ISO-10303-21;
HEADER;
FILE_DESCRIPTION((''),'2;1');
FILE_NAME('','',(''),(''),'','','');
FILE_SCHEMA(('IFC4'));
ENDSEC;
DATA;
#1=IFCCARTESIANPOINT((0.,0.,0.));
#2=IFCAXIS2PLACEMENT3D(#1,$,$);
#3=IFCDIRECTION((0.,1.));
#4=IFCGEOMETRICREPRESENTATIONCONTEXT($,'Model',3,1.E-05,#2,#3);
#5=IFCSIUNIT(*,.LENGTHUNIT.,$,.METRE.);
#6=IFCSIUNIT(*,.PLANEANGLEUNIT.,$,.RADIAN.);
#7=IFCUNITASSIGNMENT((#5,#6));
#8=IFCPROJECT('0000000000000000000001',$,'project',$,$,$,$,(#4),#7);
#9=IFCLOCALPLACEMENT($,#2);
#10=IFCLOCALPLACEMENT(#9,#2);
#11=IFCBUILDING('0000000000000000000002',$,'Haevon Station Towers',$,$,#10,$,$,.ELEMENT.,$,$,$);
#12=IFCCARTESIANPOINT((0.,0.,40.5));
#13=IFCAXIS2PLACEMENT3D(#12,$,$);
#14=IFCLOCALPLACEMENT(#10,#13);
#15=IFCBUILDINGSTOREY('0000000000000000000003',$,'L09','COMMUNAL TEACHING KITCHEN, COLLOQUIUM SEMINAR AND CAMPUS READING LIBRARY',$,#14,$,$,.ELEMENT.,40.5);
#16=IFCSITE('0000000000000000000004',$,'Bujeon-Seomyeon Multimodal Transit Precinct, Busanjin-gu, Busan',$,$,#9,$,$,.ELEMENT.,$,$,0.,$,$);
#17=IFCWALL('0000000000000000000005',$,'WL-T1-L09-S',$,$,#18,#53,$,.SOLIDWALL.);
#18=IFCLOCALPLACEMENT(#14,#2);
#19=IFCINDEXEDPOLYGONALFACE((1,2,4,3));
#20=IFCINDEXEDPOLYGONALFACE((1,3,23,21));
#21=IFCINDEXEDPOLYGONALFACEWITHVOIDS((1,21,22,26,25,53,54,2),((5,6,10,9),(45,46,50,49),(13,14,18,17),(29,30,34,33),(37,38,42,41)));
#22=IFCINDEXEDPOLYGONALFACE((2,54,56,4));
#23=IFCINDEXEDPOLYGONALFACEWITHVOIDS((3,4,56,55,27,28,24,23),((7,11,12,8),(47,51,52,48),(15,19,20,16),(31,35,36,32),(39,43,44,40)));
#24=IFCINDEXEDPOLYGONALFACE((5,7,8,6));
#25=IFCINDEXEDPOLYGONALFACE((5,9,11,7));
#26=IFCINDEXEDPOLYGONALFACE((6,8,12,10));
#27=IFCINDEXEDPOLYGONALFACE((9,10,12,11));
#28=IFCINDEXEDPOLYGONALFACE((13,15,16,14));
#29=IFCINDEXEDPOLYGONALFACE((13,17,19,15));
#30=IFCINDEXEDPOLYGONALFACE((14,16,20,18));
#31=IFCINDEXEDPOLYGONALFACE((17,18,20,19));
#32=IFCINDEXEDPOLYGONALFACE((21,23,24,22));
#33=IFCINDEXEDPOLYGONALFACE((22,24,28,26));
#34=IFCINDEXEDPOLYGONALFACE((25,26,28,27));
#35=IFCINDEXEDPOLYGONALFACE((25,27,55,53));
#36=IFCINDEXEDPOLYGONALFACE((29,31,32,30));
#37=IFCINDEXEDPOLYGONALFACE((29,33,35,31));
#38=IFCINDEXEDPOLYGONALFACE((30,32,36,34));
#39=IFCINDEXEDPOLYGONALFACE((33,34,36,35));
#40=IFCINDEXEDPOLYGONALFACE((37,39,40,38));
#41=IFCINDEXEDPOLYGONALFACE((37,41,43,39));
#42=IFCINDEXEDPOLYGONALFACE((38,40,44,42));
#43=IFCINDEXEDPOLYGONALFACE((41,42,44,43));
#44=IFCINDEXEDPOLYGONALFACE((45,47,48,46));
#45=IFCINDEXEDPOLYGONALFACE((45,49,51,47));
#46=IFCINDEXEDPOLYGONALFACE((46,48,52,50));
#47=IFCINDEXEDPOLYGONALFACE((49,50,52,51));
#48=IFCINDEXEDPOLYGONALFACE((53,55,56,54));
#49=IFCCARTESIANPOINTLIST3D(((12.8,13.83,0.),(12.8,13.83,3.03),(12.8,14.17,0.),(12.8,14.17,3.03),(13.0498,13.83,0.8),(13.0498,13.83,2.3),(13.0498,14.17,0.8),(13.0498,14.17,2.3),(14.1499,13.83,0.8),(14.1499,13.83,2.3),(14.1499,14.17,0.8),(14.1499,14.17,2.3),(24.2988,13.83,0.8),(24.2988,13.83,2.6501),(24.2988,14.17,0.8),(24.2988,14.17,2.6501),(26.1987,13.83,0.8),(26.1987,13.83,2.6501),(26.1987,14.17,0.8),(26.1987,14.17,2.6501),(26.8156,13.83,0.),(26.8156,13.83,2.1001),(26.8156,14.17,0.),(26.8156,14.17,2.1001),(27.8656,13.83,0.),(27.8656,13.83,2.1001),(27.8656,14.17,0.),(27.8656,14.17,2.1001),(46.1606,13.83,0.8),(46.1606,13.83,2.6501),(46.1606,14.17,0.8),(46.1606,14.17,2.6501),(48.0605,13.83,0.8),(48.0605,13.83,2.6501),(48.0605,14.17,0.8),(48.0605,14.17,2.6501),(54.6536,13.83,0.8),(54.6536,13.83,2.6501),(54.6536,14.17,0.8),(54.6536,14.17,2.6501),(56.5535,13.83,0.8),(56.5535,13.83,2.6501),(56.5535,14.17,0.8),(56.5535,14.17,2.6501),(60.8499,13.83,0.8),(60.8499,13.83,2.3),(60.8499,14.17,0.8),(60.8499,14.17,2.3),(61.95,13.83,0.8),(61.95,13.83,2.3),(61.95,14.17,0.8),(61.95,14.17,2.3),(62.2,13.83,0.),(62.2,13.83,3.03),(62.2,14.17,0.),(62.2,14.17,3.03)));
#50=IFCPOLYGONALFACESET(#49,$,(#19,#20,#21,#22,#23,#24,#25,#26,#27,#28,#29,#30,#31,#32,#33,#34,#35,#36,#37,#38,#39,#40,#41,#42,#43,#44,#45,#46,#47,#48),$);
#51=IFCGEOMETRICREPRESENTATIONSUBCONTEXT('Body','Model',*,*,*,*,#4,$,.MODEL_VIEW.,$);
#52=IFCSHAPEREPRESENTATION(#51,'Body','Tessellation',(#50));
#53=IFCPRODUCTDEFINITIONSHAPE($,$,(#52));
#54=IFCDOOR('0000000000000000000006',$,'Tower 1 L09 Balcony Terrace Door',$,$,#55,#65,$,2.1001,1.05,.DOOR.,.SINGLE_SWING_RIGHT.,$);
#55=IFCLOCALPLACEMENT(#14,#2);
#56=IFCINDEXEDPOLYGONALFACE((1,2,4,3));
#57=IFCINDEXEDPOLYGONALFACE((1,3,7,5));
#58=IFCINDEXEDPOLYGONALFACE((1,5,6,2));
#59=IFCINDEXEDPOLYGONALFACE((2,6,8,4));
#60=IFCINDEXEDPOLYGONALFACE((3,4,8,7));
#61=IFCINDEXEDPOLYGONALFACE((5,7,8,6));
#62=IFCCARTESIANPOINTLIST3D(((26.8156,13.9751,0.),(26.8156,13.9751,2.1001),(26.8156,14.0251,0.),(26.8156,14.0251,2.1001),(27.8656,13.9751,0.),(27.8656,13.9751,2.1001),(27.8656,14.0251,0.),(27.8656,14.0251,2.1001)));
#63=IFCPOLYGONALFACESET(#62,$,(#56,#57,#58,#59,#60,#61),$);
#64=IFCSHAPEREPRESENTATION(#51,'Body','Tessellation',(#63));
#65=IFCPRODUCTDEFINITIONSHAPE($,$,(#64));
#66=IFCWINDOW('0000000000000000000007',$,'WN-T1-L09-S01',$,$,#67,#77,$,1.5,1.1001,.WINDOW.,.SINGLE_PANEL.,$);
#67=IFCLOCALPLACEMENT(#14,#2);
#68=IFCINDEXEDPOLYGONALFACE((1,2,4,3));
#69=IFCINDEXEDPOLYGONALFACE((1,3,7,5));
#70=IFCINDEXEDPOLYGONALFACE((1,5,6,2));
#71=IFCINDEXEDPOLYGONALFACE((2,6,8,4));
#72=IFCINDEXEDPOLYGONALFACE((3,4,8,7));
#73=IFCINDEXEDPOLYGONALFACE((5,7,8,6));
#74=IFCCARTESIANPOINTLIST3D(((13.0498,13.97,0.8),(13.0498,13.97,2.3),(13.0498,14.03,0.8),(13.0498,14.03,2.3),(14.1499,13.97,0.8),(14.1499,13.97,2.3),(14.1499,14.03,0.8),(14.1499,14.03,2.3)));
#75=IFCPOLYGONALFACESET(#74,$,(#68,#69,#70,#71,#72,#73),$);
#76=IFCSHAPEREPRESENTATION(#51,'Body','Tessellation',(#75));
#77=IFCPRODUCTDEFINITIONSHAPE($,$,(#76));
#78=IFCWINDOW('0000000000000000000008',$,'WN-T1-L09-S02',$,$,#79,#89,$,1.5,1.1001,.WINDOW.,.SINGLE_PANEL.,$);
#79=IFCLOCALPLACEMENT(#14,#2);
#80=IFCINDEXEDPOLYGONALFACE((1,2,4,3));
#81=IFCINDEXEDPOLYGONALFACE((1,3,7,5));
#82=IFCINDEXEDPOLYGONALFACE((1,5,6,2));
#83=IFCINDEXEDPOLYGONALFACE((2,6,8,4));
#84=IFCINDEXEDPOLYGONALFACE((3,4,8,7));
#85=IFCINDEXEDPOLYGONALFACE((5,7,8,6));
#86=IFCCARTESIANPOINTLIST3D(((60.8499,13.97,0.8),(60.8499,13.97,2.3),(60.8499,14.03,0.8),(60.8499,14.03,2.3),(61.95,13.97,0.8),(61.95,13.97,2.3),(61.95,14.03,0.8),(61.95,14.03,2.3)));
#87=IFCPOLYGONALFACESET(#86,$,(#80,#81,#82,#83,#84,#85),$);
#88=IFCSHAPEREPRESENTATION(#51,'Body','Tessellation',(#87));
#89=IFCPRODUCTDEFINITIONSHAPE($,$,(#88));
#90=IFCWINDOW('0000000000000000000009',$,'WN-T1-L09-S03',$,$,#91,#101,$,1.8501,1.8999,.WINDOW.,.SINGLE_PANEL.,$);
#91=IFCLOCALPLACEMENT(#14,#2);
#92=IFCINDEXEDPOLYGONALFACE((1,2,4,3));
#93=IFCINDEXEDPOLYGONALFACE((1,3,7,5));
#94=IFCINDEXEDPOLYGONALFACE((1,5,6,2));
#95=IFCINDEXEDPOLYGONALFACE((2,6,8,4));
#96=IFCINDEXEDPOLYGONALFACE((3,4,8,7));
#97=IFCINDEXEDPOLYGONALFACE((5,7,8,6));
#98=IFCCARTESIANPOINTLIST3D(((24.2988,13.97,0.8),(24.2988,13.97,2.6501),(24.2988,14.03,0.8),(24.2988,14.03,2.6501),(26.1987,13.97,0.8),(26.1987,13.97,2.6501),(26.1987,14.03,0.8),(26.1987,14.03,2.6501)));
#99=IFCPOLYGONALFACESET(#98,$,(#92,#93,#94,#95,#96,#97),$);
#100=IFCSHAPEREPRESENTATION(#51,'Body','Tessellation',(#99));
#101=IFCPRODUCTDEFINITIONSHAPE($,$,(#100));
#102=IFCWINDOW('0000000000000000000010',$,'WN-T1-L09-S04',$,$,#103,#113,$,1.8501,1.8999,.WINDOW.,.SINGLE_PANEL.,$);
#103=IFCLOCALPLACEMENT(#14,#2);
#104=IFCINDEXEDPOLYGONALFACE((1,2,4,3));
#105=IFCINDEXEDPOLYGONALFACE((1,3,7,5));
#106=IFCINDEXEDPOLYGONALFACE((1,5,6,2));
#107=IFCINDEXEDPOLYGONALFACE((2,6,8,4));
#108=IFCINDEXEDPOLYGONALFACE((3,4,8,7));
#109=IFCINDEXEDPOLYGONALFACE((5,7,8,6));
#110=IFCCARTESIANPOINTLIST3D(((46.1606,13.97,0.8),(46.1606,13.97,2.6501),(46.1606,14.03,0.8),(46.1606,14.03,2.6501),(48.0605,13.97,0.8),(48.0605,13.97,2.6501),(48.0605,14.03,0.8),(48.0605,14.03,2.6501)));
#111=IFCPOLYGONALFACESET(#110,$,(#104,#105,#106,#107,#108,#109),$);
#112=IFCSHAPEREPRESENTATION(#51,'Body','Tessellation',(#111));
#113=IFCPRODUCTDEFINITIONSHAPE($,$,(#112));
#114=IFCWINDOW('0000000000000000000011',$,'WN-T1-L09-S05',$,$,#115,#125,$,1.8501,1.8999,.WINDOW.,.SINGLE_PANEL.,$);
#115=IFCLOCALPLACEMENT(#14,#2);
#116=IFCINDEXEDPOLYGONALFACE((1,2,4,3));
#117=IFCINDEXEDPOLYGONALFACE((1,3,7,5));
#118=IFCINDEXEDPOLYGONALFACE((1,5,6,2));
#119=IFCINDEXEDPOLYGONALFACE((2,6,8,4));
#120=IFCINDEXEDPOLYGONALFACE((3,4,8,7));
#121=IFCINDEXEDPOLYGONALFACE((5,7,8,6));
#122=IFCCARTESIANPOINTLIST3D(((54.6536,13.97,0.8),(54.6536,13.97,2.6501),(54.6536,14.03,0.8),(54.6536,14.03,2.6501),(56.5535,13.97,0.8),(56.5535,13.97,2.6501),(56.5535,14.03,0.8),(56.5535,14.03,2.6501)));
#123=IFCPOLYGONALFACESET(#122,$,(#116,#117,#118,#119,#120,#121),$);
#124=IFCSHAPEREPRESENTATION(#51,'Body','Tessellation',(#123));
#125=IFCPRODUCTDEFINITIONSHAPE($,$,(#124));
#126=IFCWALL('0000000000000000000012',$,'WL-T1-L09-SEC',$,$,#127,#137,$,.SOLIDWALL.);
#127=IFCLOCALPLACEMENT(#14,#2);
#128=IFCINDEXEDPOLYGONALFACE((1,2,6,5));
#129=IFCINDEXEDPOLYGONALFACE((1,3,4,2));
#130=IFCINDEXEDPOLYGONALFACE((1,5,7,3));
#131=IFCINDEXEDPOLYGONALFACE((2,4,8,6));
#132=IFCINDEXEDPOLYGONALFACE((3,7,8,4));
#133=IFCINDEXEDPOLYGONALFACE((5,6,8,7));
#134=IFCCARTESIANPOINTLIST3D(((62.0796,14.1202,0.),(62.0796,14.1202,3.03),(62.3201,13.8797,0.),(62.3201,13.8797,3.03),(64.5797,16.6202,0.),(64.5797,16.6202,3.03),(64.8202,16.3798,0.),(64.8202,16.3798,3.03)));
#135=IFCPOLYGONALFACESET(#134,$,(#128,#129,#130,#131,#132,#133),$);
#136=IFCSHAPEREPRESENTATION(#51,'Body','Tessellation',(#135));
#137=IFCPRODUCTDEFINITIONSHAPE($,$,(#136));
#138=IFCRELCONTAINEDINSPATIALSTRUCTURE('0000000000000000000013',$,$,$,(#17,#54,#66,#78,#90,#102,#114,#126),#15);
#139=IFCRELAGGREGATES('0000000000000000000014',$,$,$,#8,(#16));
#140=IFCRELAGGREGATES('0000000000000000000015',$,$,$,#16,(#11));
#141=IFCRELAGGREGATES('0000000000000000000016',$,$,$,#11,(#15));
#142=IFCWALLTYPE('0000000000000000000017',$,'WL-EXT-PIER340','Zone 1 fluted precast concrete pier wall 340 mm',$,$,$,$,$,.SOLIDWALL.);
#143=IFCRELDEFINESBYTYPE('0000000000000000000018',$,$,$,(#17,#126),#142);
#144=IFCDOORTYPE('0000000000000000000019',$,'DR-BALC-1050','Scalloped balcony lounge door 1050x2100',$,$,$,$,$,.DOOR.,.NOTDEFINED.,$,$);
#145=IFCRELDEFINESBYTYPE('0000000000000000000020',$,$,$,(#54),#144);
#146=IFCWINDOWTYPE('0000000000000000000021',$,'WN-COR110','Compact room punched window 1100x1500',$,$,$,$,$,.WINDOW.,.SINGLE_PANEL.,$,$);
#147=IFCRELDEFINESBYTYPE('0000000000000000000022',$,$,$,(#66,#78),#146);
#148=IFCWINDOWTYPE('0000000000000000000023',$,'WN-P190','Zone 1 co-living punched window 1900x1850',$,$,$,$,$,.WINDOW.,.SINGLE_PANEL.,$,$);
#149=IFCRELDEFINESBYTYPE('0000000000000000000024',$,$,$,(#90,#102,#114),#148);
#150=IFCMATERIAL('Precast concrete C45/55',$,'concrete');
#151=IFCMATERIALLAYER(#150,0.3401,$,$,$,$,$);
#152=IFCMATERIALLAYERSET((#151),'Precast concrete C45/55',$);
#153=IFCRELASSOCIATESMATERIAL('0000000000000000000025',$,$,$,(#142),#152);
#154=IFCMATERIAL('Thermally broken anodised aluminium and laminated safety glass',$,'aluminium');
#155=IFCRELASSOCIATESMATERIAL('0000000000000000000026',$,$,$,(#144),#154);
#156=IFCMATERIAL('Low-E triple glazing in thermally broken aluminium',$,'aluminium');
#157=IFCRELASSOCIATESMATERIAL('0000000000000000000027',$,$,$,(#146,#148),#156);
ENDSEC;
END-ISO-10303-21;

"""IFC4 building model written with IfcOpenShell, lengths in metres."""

from ifc_helpers import new_model, si_unit, direction, frame, frame_2d, origin, place, context, subcontext, project, spatial, rectangle, extrude, material, layer, layer_set, type_object, element, fill, save


model = new_model("IFC4")

# Units and contexts
model_context = context("Model", 3, precision=1e-05, world=origin(), true_north=direction((0.0, 1.0)))
body_context = subcontext(model_context, "Body", "Model", "MODEL_VIEW")
ifc_project = project(units=[si_unit("LENGTHUNIT", "METRE"), si_unit("PLANEANGLEUNIT", "RADIAN")], contexts=[model_context])

# Site, building, storey
site_placement = place(None, origin())
site = spatial("IfcSite", under=ifc_project, at=site_placement, Name="Bujeon-Seomyeon Multimodal Transit Precinct, Busanjin-gu, Busan", CompositionType="ELEMENT", RefElevation=0.0)
building_placement = place(site_placement, origin())
building = spatial("IfcBuilding", under=site, at=building_placement, Name="Haevon Station Towers", CompositionType="ELEMENT")
storey_placement = place(building_placement, frame((0.0, 0.0, 40.5)))
storey = spatial("IfcBuildingStorey", under=building, at=storey_placement, Name="L09", Description="COMMUNAL TEACHING KITCHEN, COLLOQUIUM SEMINAR AND CAMPUS READING LIBRARY", CompositionType="ELEMENT", Elevation=40.5)

# Wall, openings, door, windows
ifc_material_1 = material(Name="Precast concrete C45/55", Category="concrete")
ifc_layer_1 = layer(ifc_material_1, 0.3401)
ifc_layer_set_1 = layer_set([ifc_layer_1], Name="Precast concrete C45/55")
wall_type_1 = type_object("IfcWallType", Name="WL-EXT-PIER340", Description="Zone 1 fluted precast concrete pier wall 340 mm", PredefinedType="SOLIDWALL", material=ifc_layer_set_1)
wall_1_placement = place(storey_placement, frame((62.2, 14.0, 0.0), z_axis=(0.0, 0.0, 1.0), x_axis=(-1.0, 0.0, 0.0)))
wall_1 = element("IfcWall", 1, at=wall_1_placement, inside=storey, type_object=wall_type_1, Name="WL-T1-L09-S", PredefinedType="SOLIDWALL", context=body_context, shape_type="SweptSolid", body=[
    extrude(rectangle(XDim=49.3999, YDim=0.3401, at=frame_2d((24.7, 0.0))), origin(), (0.0, 0.0, 1.0), 3.03),
])
opening_1_placement = place(wall_1_placement, frame((34.3345, 0.0, 0.0)))
opening_1 = element("IfcOpeningElement", 2, at=opening_1_placement, cuts=wall_1, PredefinedType="OPENING", context=body_context, shape_type="SweptSolid", body=[
    extrude(rectangle(XDim=1.05, YDim=2.1001, at=frame_2d((0.5249, 1.05))), frame((0.0, 0.1799, 0.0), z_axis=(0.0, -1.0, 0.0), x_axis=(1.0, 0.0, 0.0)), (0.0, 0.0, 1.0), 0.3601),
])
opening_2_placement = place(wall_1_placement, frame((48.05, 0.0, 0.8)))
opening_2 = element("IfcOpeningElement", 3, at=opening_2_placement, cuts=wall_1, PredefinedType="OPENING", context=body_context, shape_type="SweptSolid", body=[
    extrude(rectangle(XDim=1.1001, YDim=1.5, at=frame_2d((0.55, 0.75))), frame((0.0, 0.1799, 0.0), z_axis=(0.0, -1.0, 0.0), x_axis=(1.0, 0.0, 0.0)), (0.0, 0.0, 1.0), 0.3601),
])
opening_3_placement = place(wall_1_placement, frame((0.25, 0.0, 0.8)))
opening_3 = element("IfcOpeningElement", 4, at=opening_3_placement, cuts=wall_1, PredefinedType="OPENING", context=body_context, shape_type="SweptSolid", body=[
    extrude(rectangle(XDim=1.1001, YDim=1.5, at=frame_2d((0.55, 0.75))), frame((0.0, 0.1799, 0.0), z_axis=(0.0, -1.0, 0.0), x_axis=(1.0, 0.0, 0.0)), (0.0, 0.0, 1.0), 0.3601),
])
opening_4_placement = place(wall_1_placement, frame((36.0012, 0.0, 0.8)))
opening_4 = element("IfcOpeningElement", 5, at=opening_4_placement, cuts=wall_1, PredefinedType="OPENING", context=body_context, shape_type="SweptSolid", body=[
    extrude(rectangle(XDim=1.8999, YDim=1.8501, at=frame_2d((0.95, 0.925))), frame((0.0, 0.1799, 0.0), z_axis=(0.0, -1.0, 0.0), x_axis=(1.0, 0.0, 0.0)), (0.0, 0.0, 1.0), 0.3601),
])
opening_5_placement = place(wall_1_placement, frame((14.1394, 0.0, 0.8)))
opening_5 = element("IfcOpeningElement", 6, at=opening_5_placement, cuts=wall_1, PredefinedType="OPENING", context=body_context, shape_type="SweptSolid", body=[
    extrude(rectangle(XDim=1.8999, YDim=1.8501, at=frame_2d((0.95, 0.925))), frame((0.0, 0.1799, 0.0), z_axis=(0.0, -1.0, 0.0), x_axis=(1.0, 0.0, 0.0)), (0.0, 0.0, 1.0), 0.3601),
])
opening_6_placement = place(wall_1_placement, frame((5.6465, 0.0, 0.8)))
opening_6 = element("IfcOpeningElement", 7, at=opening_6_placement, cuts=wall_1, PredefinedType="OPENING", context=body_context, shape_type="SweptSolid", body=[
    extrude(rectangle(XDim=1.8999, YDim=1.8501, at=frame_2d((0.95, 0.925))), frame((0.0, 0.1799, 0.0), z_axis=(0.0, -1.0, 0.0), x_axis=(1.0, 0.0, 0.0)), (0.0, 0.0, 1.0), 0.3601),
])
ifc_material_2 = material(Name="Thermally broken anodised aluminium and laminated safety glass", Category="aluminium")
door_type_1 = type_object("IfcDoorType", Name="DR-BALC-1050", Description="Scalloped balcony lounge door 1050x2100", OperationType="NOTDEFINED", PredefinedType="DOOR", material=ifc_material_2)
door_1_placement = place(opening_1_placement, origin())
door_1 = element("IfcDoor", 8, at=door_1_placement, inside=storey, type_object=door_type_1, Name="Tower 1 L09 Balcony Terrace Door", OperationType="SINGLE_SWING_RIGHT", OverallHeight=2.1001, OverallWidth=1.05, PredefinedType="DOOR", context=body_context, shape_type="SweptSolid", body=[
    extrude(rectangle(XDim=1.05, YDim=2.1001, at=frame_2d((0.5249, 1.05))), frame((0.0, 0.0249, 0.0), z_axis=(0.0, -1.0, 0.0), x_axis=(1.0, 0.0, 0.0)), (0.0, 0.0, 1.0), 0.05),
])
fill(opening_1, door_1)
ifc_material_3 = material(Name="Low-E triple glazing in thermally broken aluminium", Category="aluminium")
window_type_1 = type_object("IfcWindowType", Name="WN-COR110", Description="Compact room punched window 1100x1500", PartitioningType="SINGLE_PANEL", PredefinedType="WINDOW", material=ifc_material_3)
window_1_placement = place(opening_2_placement, origin())
window_1 = element("IfcWindow", 9, at=window_1_placement, inside=storey, type_object=window_type_1, Name="WN-T1-L09-S01", OverallHeight=1.5, OverallWidth=1.1001, PartitioningType="SINGLE_PANEL", PredefinedType="WINDOW", context=body_context, shape_type="SweptSolid", body=[
    extrude(rectangle(XDim=1.1001, YDim=1.5, at=frame_2d((0.55, 0.75))), frame((0.0, 0.03, 0.0), z_axis=(0.0, -1.0, 0.0), x_axis=(1.0, 0.0, 0.0)), (0.0, 0.0, 1.0), 0.0601),
])
fill(opening_2, window_1)
window_2_placement = place(opening_3_placement, origin())
window_2 = element("IfcWindow", 10, at=window_2_placement, inside=storey, type_object=window_type_1, Name="WN-T1-L09-S02", OverallHeight=1.5, OverallWidth=1.1001, PartitioningType="SINGLE_PANEL", PredefinedType="WINDOW", context=body_context, shape_type="SweptSolid", body=[
    extrude(rectangle(XDim=1.1001, YDim=1.5, at=frame_2d((0.55, 0.75))), frame((0.0, 0.03, 0.0), z_axis=(0.0, -1.0, 0.0), x_axis=(1.0, 0.0, 0.0)), (0.0, 0.0, 1.0), 0.0601),
])
fill(opening_3, window_2)
window_type_2 = type_object("IfcWindowType", Name="WN-P190", Description="Zone 1 co-living punched window 1900x1850", PartitioningType="SINGLE_PANEL", PredefinedType="WINDOW", material=ifc_material_3)
window_3_placement = place(opening_4_placement, origin())
window_3 = element("IfcWindow", 11, at=window_3_placement, inside=storey, type_object=window_type_2, Name="WN-T1-L09-S03", OverallHeight=1.8501, OverallWidth=1.8999, PartitioningType="SINGLE_PANEL", PredefinedType="WINDOW", context=body_context, shape_type="SweptSolid", body=[
    extrude(rectangle(XDim=1.8999, YDim=1.8501, at=frame_2d((0.95, 0.925))), frame((0.0, 0.03, 0.0), z_axis=(0.0, -1.0, 0.0), x_axis=(1.0, 0.0, 0.0)), (0.0, 0.0, 1.0), 0.0601),
])
fill(opening_4, window_3)
window_4_placement = place(opening_5_placement, origin())
window_4 = element("IfcWindow", 12, at=window_4_placement, inside=storey, type_object=window_type_2, Name="WN-T1-L09-S04", OverallHeight=1.8501, OverallWidth=1.8999, PartitioningType="SINGLE_PANEL", PredefinedType="WINDOW", context=body_context, shape_type="SweptSolid", body=[
    extrude(rectangle(XDim=1.8999, YDim=1.8501, at=frame_2d((0.95, 0.925))), frame((0.0, 0.03, 0.0), z_axis=(0.0, -1.0, 0.0), x_axis=(1.0, 0.0, 0.0)), (0.0, 0.0, 1.0), 0.0601),
])
fill(opening_5, window_4)
window_5_placement = place(opening_6_placement, origin())
window_5 = element("IfcWindow", 13, at=window_5_placement, inside=storey, type_object=window_type_2, Name="WN-T1-L09-S05", OverallHeight=1.8501, OverallWidth=1.8999, PartitioningType="SINGLE_PANEL", PredefinedType="WINDOW", context=body_context, shape_type="SweptSolid", body=[
    extrude(rectangle(XDim=1.8999, YDim=1.8501, at=frame_2d((0.95, 0.925))), frame((0.0, 0.03, 0.0), z_axis=(0.0, -1.0, 0.0), x_axis=(1.0, 0.0, 0.0)), (0.0, 0.0, 1.0), 0.0601),
])
fill(opening_6, window_5)

# Wall
wall_2_placement = place(storey_placement, frame((64.7, 16.5, 0.0), z_axis=(0.0, 0.0, 1.0), x_axis=(-0.707107, -0.707107, 0.0)))
element("IfcWall", 14, at=wall_2_placement, inside=storey, type_object=wall_type_1, Name="WL-T1-L09-SEC", PredefinedType="SOLIDWALL", context=body_context, shape_type="SweptSolid", body=[
    extrude(rectangle(XDim=3.5356, YDim=0.3401, at=frame_2d((1.7678, 0.0))), origin(), (0.0, 0.0, 1.0), 3.03),
])

save(model, "model.ifc")
